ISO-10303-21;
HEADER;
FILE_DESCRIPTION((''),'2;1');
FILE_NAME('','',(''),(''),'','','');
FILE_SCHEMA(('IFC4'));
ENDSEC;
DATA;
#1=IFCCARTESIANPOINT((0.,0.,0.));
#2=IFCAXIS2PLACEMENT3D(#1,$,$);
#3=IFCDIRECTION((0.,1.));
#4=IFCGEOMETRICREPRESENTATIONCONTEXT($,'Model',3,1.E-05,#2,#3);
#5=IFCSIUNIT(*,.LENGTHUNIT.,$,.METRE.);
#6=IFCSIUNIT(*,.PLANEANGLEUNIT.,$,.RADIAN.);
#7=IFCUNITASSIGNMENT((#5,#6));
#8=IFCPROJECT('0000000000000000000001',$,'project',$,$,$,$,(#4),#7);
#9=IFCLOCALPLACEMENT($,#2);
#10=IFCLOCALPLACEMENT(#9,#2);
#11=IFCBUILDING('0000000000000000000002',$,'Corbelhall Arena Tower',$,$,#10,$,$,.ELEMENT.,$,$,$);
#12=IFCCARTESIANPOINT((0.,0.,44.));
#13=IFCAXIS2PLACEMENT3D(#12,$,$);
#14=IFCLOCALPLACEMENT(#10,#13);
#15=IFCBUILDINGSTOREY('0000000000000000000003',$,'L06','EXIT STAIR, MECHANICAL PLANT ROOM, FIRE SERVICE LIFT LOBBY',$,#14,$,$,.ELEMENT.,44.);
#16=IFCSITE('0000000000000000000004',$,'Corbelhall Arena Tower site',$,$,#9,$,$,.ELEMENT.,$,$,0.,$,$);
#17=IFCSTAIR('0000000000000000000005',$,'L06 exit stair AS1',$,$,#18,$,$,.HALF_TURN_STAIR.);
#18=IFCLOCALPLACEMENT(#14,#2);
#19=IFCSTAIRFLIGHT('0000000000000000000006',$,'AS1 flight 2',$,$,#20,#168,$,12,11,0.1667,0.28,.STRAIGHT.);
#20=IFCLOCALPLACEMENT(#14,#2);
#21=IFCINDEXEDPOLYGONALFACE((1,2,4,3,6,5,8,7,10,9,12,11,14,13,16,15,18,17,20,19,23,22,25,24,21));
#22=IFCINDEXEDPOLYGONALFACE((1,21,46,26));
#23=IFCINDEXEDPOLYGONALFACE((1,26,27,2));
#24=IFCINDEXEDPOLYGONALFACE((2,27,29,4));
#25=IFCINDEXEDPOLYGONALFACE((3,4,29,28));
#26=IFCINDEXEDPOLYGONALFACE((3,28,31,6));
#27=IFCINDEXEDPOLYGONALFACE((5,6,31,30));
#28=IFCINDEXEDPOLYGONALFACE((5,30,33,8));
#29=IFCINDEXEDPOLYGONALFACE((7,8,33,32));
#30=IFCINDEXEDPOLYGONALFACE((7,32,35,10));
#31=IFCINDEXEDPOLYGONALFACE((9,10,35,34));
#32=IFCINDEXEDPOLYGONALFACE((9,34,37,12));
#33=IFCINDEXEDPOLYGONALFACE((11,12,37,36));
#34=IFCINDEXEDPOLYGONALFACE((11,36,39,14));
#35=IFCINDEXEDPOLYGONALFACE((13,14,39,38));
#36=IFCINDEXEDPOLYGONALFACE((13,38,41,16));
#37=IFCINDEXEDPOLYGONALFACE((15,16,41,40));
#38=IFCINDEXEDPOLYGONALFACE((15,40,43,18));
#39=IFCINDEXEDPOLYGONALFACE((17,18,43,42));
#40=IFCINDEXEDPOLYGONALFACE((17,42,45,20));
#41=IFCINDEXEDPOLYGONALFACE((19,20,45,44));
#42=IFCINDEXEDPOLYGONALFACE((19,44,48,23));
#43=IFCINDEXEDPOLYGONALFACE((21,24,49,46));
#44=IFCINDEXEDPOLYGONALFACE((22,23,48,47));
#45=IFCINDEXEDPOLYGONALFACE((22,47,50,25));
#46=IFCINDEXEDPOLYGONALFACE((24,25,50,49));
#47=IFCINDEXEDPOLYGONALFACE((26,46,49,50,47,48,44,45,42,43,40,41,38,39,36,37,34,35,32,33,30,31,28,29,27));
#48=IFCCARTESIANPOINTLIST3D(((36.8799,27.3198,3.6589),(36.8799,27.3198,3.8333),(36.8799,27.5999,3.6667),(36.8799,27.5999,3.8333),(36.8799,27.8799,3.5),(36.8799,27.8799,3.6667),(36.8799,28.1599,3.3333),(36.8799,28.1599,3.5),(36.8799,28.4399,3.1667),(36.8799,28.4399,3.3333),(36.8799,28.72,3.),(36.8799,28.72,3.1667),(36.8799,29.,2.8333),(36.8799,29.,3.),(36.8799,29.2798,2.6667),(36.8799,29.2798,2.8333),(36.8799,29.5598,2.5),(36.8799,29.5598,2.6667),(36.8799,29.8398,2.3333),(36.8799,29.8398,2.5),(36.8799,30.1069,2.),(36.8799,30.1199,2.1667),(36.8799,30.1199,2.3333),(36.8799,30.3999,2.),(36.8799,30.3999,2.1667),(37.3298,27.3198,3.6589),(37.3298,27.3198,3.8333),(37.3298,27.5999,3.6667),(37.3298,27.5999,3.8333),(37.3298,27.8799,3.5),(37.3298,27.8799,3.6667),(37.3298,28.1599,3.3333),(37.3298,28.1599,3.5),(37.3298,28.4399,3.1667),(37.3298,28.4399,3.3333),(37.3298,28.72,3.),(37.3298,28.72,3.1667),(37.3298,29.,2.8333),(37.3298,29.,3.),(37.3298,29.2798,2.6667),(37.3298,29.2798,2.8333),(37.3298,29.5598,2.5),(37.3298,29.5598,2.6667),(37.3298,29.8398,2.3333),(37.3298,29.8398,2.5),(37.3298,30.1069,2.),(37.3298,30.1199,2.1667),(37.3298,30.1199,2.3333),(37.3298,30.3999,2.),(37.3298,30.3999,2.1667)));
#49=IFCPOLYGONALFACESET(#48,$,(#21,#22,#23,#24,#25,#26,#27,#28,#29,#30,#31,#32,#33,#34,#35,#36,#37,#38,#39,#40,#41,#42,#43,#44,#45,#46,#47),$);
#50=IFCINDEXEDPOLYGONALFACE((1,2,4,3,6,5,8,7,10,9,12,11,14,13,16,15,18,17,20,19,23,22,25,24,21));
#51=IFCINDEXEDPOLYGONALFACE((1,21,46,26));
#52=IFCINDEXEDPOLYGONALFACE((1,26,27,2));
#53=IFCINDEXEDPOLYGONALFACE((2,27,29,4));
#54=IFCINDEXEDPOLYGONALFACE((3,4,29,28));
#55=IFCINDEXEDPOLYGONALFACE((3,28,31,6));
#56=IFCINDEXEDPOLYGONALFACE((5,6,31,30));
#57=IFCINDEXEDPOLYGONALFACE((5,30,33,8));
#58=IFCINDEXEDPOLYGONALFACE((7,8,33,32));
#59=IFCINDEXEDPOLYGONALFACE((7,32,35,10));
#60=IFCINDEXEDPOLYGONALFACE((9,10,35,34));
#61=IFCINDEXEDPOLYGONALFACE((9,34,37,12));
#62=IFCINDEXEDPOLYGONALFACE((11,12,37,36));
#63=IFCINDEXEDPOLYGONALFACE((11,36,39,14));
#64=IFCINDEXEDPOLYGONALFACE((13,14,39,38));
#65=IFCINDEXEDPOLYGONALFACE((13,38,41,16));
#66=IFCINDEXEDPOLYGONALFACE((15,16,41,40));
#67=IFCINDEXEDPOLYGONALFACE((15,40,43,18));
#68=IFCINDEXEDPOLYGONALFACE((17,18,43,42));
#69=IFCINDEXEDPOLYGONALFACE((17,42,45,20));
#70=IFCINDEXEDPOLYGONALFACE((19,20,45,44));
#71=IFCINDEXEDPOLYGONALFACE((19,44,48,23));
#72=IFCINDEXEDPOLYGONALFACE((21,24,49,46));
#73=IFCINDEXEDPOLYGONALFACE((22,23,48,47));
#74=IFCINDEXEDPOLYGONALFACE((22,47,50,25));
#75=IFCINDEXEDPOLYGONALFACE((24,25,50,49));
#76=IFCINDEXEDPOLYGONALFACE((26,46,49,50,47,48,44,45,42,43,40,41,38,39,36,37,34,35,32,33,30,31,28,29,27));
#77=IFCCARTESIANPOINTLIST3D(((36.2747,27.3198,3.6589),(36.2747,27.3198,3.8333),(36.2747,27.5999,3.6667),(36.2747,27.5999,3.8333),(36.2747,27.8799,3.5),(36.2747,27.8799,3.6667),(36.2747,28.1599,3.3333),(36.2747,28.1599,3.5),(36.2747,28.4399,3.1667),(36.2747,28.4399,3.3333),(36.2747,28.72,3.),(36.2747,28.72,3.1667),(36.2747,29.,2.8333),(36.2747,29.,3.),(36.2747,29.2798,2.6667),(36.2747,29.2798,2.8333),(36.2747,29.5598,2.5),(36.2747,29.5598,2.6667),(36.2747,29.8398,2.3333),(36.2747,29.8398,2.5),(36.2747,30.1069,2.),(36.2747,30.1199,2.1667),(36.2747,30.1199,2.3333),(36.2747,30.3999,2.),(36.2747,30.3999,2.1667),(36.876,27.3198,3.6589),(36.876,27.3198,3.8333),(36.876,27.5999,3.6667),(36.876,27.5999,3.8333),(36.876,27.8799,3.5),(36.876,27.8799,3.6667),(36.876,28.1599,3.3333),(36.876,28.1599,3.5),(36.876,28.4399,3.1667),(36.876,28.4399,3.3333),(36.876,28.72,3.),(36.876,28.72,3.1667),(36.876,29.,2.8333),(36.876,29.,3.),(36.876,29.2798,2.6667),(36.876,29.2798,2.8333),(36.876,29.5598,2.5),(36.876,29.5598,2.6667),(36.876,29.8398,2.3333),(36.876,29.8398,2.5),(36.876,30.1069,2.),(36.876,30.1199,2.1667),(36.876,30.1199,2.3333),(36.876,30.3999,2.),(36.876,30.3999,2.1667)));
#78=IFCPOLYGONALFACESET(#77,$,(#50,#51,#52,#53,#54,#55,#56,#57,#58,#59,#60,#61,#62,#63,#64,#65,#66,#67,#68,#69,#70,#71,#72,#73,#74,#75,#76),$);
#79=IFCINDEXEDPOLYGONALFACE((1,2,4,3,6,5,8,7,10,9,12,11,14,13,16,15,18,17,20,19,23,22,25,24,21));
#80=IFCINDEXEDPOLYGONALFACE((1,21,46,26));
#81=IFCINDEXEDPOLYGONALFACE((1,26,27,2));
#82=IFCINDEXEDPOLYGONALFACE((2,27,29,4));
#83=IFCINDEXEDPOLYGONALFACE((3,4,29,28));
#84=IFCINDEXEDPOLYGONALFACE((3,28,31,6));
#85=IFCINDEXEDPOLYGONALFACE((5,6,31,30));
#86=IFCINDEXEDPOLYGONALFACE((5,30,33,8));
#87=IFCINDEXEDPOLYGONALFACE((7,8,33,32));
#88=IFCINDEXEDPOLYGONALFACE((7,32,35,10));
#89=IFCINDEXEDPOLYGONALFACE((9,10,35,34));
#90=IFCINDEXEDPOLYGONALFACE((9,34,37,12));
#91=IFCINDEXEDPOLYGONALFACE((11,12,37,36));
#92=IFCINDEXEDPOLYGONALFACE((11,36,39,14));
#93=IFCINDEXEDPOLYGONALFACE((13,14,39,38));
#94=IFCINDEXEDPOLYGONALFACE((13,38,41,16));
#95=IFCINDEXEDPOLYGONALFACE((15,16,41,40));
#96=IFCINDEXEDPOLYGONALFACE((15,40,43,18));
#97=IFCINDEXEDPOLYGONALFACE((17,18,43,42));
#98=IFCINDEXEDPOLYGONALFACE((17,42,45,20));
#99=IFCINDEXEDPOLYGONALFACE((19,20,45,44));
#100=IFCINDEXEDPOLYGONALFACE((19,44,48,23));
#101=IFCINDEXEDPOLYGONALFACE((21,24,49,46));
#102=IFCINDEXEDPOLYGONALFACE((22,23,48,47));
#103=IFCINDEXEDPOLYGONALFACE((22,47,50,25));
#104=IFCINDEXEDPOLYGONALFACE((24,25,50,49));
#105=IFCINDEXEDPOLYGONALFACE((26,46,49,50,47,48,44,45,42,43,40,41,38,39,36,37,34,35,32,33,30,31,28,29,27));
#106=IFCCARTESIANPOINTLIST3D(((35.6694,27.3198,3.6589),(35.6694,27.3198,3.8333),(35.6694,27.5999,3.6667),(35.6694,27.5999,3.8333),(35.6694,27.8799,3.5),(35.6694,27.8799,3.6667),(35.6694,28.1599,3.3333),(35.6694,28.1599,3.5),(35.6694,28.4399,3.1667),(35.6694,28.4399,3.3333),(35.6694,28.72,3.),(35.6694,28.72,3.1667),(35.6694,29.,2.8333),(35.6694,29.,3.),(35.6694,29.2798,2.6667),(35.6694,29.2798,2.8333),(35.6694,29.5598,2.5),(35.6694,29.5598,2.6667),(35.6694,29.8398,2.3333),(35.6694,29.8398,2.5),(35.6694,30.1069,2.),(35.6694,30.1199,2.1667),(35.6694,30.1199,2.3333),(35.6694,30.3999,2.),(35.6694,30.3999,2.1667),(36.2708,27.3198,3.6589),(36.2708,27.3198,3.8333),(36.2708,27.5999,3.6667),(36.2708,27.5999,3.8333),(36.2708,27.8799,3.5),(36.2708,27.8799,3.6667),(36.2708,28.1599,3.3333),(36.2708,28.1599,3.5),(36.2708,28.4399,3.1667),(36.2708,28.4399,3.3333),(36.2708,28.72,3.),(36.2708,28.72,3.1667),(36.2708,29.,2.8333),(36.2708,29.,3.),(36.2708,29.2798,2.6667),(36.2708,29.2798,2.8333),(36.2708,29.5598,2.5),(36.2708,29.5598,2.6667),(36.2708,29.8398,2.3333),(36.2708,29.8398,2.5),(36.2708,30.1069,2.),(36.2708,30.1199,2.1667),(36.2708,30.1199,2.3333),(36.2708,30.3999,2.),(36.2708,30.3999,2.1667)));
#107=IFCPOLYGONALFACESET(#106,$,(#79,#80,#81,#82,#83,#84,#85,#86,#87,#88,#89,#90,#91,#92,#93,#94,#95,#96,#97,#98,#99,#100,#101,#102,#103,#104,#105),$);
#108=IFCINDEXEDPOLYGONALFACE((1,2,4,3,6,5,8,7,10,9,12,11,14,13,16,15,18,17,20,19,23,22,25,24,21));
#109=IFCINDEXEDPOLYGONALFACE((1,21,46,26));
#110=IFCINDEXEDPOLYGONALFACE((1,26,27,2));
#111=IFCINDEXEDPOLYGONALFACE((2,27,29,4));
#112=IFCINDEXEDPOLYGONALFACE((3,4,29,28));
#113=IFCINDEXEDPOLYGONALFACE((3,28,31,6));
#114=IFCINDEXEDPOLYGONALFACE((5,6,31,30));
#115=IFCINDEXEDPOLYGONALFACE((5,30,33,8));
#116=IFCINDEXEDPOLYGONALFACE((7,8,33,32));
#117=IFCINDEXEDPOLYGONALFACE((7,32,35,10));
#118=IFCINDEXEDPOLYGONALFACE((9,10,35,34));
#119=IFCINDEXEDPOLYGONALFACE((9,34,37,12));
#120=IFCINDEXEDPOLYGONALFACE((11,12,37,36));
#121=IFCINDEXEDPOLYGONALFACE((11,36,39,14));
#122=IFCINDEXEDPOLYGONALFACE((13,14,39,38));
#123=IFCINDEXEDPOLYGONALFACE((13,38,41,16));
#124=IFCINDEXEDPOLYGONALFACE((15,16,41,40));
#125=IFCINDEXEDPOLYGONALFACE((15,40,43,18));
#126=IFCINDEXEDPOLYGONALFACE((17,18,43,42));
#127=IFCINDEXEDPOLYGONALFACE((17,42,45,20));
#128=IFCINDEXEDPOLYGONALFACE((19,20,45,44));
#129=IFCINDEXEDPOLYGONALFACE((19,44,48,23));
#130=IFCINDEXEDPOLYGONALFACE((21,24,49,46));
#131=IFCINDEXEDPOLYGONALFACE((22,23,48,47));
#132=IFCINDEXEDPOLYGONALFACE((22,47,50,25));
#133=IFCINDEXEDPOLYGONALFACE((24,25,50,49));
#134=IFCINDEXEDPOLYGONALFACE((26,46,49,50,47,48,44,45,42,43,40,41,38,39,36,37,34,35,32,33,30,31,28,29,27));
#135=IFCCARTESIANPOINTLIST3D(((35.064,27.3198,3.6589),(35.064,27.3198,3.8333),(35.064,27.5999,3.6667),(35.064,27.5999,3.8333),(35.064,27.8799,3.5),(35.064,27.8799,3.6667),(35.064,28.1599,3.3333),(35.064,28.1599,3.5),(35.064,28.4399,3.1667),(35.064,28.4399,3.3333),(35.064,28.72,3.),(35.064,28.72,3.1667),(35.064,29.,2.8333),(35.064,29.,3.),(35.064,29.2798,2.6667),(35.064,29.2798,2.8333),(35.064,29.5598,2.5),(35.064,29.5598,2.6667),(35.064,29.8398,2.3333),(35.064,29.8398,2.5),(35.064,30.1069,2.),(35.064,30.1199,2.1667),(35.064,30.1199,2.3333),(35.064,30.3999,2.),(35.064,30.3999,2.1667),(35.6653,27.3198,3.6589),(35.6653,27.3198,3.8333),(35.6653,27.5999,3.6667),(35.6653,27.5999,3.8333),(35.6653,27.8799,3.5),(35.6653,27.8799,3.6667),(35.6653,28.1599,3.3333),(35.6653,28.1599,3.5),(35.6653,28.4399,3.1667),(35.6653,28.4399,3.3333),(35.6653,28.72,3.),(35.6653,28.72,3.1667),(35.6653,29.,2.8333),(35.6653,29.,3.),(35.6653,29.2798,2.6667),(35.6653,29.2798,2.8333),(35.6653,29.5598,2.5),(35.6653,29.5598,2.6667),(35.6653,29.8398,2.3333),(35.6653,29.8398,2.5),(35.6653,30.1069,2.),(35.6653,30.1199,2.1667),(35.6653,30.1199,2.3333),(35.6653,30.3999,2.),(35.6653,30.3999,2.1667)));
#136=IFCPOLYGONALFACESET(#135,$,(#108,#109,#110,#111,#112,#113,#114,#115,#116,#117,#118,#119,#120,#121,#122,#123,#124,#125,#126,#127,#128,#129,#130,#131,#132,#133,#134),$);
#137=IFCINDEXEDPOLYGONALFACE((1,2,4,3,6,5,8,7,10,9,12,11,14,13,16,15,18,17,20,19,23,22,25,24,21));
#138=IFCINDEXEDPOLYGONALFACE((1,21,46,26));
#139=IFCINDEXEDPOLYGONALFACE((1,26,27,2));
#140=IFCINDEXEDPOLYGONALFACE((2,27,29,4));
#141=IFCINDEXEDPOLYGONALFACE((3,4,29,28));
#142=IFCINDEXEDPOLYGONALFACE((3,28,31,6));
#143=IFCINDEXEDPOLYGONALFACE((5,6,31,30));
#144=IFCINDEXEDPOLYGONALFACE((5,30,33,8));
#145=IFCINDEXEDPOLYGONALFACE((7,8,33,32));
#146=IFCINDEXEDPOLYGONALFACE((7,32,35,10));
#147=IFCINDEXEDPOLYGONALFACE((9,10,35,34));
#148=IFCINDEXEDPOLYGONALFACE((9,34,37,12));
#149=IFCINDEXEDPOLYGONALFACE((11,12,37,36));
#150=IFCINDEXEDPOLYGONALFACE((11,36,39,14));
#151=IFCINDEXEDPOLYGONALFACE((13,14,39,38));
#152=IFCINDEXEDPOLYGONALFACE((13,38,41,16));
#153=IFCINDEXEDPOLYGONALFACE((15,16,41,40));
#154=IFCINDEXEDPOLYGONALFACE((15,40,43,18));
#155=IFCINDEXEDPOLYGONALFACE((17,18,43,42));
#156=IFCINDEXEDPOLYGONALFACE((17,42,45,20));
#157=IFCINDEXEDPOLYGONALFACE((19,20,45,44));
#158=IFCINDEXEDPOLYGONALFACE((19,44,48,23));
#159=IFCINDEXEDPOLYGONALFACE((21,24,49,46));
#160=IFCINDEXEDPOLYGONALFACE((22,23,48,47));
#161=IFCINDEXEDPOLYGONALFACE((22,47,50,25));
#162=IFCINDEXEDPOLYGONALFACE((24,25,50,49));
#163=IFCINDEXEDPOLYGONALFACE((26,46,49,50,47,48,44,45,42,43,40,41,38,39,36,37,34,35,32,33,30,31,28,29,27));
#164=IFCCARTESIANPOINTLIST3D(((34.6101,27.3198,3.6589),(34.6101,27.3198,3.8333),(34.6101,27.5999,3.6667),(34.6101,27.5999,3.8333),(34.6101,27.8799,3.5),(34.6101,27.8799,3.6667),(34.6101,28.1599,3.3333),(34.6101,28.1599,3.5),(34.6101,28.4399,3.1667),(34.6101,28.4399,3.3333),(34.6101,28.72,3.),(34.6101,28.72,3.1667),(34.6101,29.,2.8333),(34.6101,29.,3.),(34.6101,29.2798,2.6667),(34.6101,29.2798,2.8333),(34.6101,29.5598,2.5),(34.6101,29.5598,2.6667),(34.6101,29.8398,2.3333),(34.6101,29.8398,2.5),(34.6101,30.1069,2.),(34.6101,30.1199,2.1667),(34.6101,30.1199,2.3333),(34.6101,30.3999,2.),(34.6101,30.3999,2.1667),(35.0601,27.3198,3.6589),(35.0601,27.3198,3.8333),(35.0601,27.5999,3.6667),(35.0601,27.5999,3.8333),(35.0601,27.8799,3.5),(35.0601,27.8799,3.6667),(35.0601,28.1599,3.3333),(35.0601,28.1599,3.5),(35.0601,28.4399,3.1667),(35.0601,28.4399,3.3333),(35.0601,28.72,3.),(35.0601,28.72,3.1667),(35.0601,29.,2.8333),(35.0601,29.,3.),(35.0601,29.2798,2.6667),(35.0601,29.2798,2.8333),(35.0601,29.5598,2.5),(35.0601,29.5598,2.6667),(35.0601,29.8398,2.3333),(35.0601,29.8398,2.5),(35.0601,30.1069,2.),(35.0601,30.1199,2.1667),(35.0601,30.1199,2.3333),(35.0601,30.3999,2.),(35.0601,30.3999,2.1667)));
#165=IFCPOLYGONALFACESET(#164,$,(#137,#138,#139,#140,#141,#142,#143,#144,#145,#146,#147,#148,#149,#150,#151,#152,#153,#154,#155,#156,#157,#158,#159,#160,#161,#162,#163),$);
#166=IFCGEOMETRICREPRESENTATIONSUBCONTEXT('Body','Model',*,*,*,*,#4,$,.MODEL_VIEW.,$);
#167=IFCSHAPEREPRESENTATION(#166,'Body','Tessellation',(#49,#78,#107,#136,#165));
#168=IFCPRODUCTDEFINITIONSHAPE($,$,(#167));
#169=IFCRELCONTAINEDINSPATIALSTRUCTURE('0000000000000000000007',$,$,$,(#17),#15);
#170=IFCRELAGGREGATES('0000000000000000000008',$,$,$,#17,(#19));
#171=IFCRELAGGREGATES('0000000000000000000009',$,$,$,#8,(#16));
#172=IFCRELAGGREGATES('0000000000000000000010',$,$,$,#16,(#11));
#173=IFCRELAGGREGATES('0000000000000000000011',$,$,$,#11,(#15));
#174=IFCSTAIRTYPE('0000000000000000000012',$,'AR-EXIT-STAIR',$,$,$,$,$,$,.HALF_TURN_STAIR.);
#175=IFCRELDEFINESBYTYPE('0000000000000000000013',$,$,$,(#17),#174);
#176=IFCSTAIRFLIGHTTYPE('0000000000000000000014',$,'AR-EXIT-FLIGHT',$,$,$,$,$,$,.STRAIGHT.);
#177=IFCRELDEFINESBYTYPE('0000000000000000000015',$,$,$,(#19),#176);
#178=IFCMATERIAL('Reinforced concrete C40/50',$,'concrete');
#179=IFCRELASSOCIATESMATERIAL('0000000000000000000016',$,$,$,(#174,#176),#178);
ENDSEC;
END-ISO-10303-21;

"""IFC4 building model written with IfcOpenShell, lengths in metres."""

from ifc_helpers import new_model, si_unit, direction, frame, origin, place, context, subcontext, project, spatial, polyline, outline, extrude, material, type_object, element, aggregate, save


model = new_model("IFC4")

# Units and contexts
model_context = context("Model", 3, precision=1e-05, world=origin(), true_north=direction((0.0, 1.0)))
body_context = subcontext(model_context, "Body", "Model", "MODEL_VIEW")
ifc_project = project(units=[si_unit("LENGTHUNIT", "METRE"), si_unit("PLANEANGLEUNIT", "RADIAN")], contexts=[model_context])

# Site, building, storey
site_placement = place(None, origin())
site = spatial("IfcSite", under=ifc_project, at=site_placement, Name="Corbelhall Arena Tower site", CompositionType="ELEMENT", RefElevation=0.0)
building_placement = place(site_placement, origin())
building = spatial("IfcBuilding", under=site, at=building_placement, Name="Corbelhall Arena Tower", CompositionType="ELEMENT")
storey_placement = place(building_placement, frame((0.0, 0.0, 44.0)))
storey = spatial("IfcBuildingStorey", under=building, at=storey_placement, Name="L06", Description="EXIT STAIR, MECHANICAL PLANT ROOM, FIRE SERVICE LIFT LOBBY", CompositionType="ELEMENT", Elevation=44.0)

# Shared definitions
ifc_material_1 = material(Name="Reinforced concrete C40/50", Category="concrete")

# Stair, stair flight
stair_type = type_object("IfcStairType", Name="AR-EXIT-STAIR", PredefinedType="HALF_TURN_STAIR", material=ifc_material_1)
stair_1_placement = place(storey_placement, origin())
stair_1 = element("IfcStair", 1, at=stair_1_placement, inside=storey, type_object=stair_type, Name="L06 exit stair AS1", PredefinedType="HALF_TURN_STAIR")
stair_flight_type = type_object("IfcStairFlightType", Name="AR-EXIT-FLIGHT", PredefinedType="STRAIGHT", material=ifc_material_1)
stair_flight_1_placement = place(storey_placement, frame((35.97, 30.3999, 2.0), z_axis=(0.0, 0.0, 1.0), x_axis=(0.0, -1.0, 0.0)))
stair_flight_1 = element("IfcStairFlight", 2, at=stair_flight_1_placement, type_object=stair_flight_type, Name="AS1 flight 2", NumberOfRisers=12, NumberOfTreads=11, PredefinedType="STRAIGHT", RiserHeight=0.1667, TreadLength=0.28, context=body_context, shape_type="SweptSolid", body=[
    extrude(outline(polyline([(0.0, 0.0), (0.0, 0.1667), (0.28, 0.1667), (0.28, 0.3333), (0.5601, 0.3333), (0.5601, 0.5), (0.8401, 0.5), (0.8401, 0.6667), (1.1201, 0.6667), (1.1201, 0.8333), (1.3999, 0.8333), (1.3999, 1.0), (1.6799, 1.0), (1.6799, 1.1667), (1.96, 1.1667), (1.96, 1.3333), (2.24, 1.3333), (2.24, 1.5), (2.52, 1.5), (2.52, 1.6667), (2.8, 1.6667), (2.8, 1.8333), (3.0801, 1.8333), (3.0801, 2.0), (3.0801, 1.6589), (0.293, 0.0), (0.0, 0.0)])), frame((0.0, 1.3599, 0.0), z_axis=(0.0, -1.0, 0.0), x_axis=(1.0, 0.0, 0.0)), (0.0, 0.0, 1.0), 0.45),
    extrude(outline(polyline([(0.0, 0.0), (0.0, 0.1667), (0.28, 0.1667), (0.28, 0.3333), (0.5601, 0.3333), (0.5601, 0.5), (0.8401, 0.5), (0.8401, 0.6667), (1.1201, 0.6667), (1.1201, 0.8333), (1.3999, 0.8333), (1.3999, 1.0), (1.6799, 1.0), (1.6799, 1.1667), (1.96, 1.1667), (1.96, 1.3333), (2.24, 1.3333), (2.24, 1.5), (2.52, 1.5), (2.52, 1.6667), (2.8, 1.6667), (2.8, 1.8333), (3.0801, 1.8333), (3.0801, 2.0), (3.0801, 1.6589), (0.293, 0.0), (0.0, 0.0)])), frame((0.0, 0.906, 0.0), z_axis=(0.0, -1.0, 0.0), x_axis=(1.0, 0.0, 0.0)), (0.0, 0.0, 1.0), 0.6013),
    extrude(outline(polyline([(0.0, 0.0), (0.0, 0.1667), (0.28, 0.1667), (0.28, 0.3333), (0.5601, 0.3333), (0.5601, 0.5), (0.8401, 0.5), (0.8401, 0.6667), (1.1201, 0.6667), (1.1201, 0.8333), (1.3999, 0.8333), (1.3999, 1.0), (1.6799, 1.0), (1.6799, 1.1667), (1.96, 1.1667), (1.96, 1.3333), (2.24, 1.3333), (2.24, 1.5), (2.52, 1.5), (2.52, 1.6667), (2.8, 1.6667), (2.8, 1.8333), (3.0801, 1.8333), (3.0801, 2.0), (3.0801, 1.6589), (0.293, 0.0), (0.0, 0.0)])), frame((0.0, 0.3008, 0.0), z_axis=(0.0, -1.0, 0.0), x_axis=(1.0, 0.0, 0.0)), (0.0, 0.0, 1.0), 0.6013),
    extrude(outline(polyline([(0.0, 0.0), (0.0, 0.1667), (0.28, 0.1667), (0.28, 0.3333), (0.5601, 0.3333), (0.5601, 0.5), (0.8401, 0.5), (0.8401, 0.6667), (1.1201, 0.6667), (1.1201, 0.8333), (1.3999, 0.8333), (1.3999, 1.0), (1.6799, 1.0), (1.6799, 1.1667), (1.96, 1.1667), (1.96, 1.3333), (2.24, 1.3333), (2.24, 1.5), (2.52, 1.5), (2.52, 1.6667), (2.8, 1.6667), (2.8, 1.8333), (3.0801, 1.8333), (3.0801, 2.0), (3.0801, 1.6589), (0.293, 0.0), (0.0, 0.0)])), frame((0.0, -0.3047, 0.0), z_axis=(0.0, -1.0, 0.0), x_axis=(1.0, 0.0, 0.0)), (0.0, 0.0, 1.0), 0.6013),
    extrude(outline(polyline([(0.0, 0.0), (0.0, 0.1667), (0.28, 0.1667), (0.28, 0.3333), (0.5601, 0.3333), (0.5601, 0.5), (0.8401, 0.5), (0.8401, 0.6667), (1.1201, 0.6667), (1.1201, 0.8333), (1.3999, 0.8333), (1.3999, 1.0), (1.6799, 1.0), (1.6799, 1.1667), (1.96, 1.1667), (1.96, 1.3333), (2.24, 1.3333), (2.24, 1.5), (2.52, 1.5), (2.52, 1.6667), (2.8, 1.6667), (2.8, 1.8333), (3.0801, 1.8333), (3.0801, 2.0), (3.0801, 1.6589), (0.293, 0.0), (0.0, 0.0)])), frame((0.0, -0.9099, 0.0), z_axis=(0.0, -1.0, 0.0), x_axis=(1.0, 0.0, 0.0)), (0.0, 0.0, 1.0), 0.45),
])
aggregate(stair_1, [stair_flight_1])

save(model, "model.ifc")
